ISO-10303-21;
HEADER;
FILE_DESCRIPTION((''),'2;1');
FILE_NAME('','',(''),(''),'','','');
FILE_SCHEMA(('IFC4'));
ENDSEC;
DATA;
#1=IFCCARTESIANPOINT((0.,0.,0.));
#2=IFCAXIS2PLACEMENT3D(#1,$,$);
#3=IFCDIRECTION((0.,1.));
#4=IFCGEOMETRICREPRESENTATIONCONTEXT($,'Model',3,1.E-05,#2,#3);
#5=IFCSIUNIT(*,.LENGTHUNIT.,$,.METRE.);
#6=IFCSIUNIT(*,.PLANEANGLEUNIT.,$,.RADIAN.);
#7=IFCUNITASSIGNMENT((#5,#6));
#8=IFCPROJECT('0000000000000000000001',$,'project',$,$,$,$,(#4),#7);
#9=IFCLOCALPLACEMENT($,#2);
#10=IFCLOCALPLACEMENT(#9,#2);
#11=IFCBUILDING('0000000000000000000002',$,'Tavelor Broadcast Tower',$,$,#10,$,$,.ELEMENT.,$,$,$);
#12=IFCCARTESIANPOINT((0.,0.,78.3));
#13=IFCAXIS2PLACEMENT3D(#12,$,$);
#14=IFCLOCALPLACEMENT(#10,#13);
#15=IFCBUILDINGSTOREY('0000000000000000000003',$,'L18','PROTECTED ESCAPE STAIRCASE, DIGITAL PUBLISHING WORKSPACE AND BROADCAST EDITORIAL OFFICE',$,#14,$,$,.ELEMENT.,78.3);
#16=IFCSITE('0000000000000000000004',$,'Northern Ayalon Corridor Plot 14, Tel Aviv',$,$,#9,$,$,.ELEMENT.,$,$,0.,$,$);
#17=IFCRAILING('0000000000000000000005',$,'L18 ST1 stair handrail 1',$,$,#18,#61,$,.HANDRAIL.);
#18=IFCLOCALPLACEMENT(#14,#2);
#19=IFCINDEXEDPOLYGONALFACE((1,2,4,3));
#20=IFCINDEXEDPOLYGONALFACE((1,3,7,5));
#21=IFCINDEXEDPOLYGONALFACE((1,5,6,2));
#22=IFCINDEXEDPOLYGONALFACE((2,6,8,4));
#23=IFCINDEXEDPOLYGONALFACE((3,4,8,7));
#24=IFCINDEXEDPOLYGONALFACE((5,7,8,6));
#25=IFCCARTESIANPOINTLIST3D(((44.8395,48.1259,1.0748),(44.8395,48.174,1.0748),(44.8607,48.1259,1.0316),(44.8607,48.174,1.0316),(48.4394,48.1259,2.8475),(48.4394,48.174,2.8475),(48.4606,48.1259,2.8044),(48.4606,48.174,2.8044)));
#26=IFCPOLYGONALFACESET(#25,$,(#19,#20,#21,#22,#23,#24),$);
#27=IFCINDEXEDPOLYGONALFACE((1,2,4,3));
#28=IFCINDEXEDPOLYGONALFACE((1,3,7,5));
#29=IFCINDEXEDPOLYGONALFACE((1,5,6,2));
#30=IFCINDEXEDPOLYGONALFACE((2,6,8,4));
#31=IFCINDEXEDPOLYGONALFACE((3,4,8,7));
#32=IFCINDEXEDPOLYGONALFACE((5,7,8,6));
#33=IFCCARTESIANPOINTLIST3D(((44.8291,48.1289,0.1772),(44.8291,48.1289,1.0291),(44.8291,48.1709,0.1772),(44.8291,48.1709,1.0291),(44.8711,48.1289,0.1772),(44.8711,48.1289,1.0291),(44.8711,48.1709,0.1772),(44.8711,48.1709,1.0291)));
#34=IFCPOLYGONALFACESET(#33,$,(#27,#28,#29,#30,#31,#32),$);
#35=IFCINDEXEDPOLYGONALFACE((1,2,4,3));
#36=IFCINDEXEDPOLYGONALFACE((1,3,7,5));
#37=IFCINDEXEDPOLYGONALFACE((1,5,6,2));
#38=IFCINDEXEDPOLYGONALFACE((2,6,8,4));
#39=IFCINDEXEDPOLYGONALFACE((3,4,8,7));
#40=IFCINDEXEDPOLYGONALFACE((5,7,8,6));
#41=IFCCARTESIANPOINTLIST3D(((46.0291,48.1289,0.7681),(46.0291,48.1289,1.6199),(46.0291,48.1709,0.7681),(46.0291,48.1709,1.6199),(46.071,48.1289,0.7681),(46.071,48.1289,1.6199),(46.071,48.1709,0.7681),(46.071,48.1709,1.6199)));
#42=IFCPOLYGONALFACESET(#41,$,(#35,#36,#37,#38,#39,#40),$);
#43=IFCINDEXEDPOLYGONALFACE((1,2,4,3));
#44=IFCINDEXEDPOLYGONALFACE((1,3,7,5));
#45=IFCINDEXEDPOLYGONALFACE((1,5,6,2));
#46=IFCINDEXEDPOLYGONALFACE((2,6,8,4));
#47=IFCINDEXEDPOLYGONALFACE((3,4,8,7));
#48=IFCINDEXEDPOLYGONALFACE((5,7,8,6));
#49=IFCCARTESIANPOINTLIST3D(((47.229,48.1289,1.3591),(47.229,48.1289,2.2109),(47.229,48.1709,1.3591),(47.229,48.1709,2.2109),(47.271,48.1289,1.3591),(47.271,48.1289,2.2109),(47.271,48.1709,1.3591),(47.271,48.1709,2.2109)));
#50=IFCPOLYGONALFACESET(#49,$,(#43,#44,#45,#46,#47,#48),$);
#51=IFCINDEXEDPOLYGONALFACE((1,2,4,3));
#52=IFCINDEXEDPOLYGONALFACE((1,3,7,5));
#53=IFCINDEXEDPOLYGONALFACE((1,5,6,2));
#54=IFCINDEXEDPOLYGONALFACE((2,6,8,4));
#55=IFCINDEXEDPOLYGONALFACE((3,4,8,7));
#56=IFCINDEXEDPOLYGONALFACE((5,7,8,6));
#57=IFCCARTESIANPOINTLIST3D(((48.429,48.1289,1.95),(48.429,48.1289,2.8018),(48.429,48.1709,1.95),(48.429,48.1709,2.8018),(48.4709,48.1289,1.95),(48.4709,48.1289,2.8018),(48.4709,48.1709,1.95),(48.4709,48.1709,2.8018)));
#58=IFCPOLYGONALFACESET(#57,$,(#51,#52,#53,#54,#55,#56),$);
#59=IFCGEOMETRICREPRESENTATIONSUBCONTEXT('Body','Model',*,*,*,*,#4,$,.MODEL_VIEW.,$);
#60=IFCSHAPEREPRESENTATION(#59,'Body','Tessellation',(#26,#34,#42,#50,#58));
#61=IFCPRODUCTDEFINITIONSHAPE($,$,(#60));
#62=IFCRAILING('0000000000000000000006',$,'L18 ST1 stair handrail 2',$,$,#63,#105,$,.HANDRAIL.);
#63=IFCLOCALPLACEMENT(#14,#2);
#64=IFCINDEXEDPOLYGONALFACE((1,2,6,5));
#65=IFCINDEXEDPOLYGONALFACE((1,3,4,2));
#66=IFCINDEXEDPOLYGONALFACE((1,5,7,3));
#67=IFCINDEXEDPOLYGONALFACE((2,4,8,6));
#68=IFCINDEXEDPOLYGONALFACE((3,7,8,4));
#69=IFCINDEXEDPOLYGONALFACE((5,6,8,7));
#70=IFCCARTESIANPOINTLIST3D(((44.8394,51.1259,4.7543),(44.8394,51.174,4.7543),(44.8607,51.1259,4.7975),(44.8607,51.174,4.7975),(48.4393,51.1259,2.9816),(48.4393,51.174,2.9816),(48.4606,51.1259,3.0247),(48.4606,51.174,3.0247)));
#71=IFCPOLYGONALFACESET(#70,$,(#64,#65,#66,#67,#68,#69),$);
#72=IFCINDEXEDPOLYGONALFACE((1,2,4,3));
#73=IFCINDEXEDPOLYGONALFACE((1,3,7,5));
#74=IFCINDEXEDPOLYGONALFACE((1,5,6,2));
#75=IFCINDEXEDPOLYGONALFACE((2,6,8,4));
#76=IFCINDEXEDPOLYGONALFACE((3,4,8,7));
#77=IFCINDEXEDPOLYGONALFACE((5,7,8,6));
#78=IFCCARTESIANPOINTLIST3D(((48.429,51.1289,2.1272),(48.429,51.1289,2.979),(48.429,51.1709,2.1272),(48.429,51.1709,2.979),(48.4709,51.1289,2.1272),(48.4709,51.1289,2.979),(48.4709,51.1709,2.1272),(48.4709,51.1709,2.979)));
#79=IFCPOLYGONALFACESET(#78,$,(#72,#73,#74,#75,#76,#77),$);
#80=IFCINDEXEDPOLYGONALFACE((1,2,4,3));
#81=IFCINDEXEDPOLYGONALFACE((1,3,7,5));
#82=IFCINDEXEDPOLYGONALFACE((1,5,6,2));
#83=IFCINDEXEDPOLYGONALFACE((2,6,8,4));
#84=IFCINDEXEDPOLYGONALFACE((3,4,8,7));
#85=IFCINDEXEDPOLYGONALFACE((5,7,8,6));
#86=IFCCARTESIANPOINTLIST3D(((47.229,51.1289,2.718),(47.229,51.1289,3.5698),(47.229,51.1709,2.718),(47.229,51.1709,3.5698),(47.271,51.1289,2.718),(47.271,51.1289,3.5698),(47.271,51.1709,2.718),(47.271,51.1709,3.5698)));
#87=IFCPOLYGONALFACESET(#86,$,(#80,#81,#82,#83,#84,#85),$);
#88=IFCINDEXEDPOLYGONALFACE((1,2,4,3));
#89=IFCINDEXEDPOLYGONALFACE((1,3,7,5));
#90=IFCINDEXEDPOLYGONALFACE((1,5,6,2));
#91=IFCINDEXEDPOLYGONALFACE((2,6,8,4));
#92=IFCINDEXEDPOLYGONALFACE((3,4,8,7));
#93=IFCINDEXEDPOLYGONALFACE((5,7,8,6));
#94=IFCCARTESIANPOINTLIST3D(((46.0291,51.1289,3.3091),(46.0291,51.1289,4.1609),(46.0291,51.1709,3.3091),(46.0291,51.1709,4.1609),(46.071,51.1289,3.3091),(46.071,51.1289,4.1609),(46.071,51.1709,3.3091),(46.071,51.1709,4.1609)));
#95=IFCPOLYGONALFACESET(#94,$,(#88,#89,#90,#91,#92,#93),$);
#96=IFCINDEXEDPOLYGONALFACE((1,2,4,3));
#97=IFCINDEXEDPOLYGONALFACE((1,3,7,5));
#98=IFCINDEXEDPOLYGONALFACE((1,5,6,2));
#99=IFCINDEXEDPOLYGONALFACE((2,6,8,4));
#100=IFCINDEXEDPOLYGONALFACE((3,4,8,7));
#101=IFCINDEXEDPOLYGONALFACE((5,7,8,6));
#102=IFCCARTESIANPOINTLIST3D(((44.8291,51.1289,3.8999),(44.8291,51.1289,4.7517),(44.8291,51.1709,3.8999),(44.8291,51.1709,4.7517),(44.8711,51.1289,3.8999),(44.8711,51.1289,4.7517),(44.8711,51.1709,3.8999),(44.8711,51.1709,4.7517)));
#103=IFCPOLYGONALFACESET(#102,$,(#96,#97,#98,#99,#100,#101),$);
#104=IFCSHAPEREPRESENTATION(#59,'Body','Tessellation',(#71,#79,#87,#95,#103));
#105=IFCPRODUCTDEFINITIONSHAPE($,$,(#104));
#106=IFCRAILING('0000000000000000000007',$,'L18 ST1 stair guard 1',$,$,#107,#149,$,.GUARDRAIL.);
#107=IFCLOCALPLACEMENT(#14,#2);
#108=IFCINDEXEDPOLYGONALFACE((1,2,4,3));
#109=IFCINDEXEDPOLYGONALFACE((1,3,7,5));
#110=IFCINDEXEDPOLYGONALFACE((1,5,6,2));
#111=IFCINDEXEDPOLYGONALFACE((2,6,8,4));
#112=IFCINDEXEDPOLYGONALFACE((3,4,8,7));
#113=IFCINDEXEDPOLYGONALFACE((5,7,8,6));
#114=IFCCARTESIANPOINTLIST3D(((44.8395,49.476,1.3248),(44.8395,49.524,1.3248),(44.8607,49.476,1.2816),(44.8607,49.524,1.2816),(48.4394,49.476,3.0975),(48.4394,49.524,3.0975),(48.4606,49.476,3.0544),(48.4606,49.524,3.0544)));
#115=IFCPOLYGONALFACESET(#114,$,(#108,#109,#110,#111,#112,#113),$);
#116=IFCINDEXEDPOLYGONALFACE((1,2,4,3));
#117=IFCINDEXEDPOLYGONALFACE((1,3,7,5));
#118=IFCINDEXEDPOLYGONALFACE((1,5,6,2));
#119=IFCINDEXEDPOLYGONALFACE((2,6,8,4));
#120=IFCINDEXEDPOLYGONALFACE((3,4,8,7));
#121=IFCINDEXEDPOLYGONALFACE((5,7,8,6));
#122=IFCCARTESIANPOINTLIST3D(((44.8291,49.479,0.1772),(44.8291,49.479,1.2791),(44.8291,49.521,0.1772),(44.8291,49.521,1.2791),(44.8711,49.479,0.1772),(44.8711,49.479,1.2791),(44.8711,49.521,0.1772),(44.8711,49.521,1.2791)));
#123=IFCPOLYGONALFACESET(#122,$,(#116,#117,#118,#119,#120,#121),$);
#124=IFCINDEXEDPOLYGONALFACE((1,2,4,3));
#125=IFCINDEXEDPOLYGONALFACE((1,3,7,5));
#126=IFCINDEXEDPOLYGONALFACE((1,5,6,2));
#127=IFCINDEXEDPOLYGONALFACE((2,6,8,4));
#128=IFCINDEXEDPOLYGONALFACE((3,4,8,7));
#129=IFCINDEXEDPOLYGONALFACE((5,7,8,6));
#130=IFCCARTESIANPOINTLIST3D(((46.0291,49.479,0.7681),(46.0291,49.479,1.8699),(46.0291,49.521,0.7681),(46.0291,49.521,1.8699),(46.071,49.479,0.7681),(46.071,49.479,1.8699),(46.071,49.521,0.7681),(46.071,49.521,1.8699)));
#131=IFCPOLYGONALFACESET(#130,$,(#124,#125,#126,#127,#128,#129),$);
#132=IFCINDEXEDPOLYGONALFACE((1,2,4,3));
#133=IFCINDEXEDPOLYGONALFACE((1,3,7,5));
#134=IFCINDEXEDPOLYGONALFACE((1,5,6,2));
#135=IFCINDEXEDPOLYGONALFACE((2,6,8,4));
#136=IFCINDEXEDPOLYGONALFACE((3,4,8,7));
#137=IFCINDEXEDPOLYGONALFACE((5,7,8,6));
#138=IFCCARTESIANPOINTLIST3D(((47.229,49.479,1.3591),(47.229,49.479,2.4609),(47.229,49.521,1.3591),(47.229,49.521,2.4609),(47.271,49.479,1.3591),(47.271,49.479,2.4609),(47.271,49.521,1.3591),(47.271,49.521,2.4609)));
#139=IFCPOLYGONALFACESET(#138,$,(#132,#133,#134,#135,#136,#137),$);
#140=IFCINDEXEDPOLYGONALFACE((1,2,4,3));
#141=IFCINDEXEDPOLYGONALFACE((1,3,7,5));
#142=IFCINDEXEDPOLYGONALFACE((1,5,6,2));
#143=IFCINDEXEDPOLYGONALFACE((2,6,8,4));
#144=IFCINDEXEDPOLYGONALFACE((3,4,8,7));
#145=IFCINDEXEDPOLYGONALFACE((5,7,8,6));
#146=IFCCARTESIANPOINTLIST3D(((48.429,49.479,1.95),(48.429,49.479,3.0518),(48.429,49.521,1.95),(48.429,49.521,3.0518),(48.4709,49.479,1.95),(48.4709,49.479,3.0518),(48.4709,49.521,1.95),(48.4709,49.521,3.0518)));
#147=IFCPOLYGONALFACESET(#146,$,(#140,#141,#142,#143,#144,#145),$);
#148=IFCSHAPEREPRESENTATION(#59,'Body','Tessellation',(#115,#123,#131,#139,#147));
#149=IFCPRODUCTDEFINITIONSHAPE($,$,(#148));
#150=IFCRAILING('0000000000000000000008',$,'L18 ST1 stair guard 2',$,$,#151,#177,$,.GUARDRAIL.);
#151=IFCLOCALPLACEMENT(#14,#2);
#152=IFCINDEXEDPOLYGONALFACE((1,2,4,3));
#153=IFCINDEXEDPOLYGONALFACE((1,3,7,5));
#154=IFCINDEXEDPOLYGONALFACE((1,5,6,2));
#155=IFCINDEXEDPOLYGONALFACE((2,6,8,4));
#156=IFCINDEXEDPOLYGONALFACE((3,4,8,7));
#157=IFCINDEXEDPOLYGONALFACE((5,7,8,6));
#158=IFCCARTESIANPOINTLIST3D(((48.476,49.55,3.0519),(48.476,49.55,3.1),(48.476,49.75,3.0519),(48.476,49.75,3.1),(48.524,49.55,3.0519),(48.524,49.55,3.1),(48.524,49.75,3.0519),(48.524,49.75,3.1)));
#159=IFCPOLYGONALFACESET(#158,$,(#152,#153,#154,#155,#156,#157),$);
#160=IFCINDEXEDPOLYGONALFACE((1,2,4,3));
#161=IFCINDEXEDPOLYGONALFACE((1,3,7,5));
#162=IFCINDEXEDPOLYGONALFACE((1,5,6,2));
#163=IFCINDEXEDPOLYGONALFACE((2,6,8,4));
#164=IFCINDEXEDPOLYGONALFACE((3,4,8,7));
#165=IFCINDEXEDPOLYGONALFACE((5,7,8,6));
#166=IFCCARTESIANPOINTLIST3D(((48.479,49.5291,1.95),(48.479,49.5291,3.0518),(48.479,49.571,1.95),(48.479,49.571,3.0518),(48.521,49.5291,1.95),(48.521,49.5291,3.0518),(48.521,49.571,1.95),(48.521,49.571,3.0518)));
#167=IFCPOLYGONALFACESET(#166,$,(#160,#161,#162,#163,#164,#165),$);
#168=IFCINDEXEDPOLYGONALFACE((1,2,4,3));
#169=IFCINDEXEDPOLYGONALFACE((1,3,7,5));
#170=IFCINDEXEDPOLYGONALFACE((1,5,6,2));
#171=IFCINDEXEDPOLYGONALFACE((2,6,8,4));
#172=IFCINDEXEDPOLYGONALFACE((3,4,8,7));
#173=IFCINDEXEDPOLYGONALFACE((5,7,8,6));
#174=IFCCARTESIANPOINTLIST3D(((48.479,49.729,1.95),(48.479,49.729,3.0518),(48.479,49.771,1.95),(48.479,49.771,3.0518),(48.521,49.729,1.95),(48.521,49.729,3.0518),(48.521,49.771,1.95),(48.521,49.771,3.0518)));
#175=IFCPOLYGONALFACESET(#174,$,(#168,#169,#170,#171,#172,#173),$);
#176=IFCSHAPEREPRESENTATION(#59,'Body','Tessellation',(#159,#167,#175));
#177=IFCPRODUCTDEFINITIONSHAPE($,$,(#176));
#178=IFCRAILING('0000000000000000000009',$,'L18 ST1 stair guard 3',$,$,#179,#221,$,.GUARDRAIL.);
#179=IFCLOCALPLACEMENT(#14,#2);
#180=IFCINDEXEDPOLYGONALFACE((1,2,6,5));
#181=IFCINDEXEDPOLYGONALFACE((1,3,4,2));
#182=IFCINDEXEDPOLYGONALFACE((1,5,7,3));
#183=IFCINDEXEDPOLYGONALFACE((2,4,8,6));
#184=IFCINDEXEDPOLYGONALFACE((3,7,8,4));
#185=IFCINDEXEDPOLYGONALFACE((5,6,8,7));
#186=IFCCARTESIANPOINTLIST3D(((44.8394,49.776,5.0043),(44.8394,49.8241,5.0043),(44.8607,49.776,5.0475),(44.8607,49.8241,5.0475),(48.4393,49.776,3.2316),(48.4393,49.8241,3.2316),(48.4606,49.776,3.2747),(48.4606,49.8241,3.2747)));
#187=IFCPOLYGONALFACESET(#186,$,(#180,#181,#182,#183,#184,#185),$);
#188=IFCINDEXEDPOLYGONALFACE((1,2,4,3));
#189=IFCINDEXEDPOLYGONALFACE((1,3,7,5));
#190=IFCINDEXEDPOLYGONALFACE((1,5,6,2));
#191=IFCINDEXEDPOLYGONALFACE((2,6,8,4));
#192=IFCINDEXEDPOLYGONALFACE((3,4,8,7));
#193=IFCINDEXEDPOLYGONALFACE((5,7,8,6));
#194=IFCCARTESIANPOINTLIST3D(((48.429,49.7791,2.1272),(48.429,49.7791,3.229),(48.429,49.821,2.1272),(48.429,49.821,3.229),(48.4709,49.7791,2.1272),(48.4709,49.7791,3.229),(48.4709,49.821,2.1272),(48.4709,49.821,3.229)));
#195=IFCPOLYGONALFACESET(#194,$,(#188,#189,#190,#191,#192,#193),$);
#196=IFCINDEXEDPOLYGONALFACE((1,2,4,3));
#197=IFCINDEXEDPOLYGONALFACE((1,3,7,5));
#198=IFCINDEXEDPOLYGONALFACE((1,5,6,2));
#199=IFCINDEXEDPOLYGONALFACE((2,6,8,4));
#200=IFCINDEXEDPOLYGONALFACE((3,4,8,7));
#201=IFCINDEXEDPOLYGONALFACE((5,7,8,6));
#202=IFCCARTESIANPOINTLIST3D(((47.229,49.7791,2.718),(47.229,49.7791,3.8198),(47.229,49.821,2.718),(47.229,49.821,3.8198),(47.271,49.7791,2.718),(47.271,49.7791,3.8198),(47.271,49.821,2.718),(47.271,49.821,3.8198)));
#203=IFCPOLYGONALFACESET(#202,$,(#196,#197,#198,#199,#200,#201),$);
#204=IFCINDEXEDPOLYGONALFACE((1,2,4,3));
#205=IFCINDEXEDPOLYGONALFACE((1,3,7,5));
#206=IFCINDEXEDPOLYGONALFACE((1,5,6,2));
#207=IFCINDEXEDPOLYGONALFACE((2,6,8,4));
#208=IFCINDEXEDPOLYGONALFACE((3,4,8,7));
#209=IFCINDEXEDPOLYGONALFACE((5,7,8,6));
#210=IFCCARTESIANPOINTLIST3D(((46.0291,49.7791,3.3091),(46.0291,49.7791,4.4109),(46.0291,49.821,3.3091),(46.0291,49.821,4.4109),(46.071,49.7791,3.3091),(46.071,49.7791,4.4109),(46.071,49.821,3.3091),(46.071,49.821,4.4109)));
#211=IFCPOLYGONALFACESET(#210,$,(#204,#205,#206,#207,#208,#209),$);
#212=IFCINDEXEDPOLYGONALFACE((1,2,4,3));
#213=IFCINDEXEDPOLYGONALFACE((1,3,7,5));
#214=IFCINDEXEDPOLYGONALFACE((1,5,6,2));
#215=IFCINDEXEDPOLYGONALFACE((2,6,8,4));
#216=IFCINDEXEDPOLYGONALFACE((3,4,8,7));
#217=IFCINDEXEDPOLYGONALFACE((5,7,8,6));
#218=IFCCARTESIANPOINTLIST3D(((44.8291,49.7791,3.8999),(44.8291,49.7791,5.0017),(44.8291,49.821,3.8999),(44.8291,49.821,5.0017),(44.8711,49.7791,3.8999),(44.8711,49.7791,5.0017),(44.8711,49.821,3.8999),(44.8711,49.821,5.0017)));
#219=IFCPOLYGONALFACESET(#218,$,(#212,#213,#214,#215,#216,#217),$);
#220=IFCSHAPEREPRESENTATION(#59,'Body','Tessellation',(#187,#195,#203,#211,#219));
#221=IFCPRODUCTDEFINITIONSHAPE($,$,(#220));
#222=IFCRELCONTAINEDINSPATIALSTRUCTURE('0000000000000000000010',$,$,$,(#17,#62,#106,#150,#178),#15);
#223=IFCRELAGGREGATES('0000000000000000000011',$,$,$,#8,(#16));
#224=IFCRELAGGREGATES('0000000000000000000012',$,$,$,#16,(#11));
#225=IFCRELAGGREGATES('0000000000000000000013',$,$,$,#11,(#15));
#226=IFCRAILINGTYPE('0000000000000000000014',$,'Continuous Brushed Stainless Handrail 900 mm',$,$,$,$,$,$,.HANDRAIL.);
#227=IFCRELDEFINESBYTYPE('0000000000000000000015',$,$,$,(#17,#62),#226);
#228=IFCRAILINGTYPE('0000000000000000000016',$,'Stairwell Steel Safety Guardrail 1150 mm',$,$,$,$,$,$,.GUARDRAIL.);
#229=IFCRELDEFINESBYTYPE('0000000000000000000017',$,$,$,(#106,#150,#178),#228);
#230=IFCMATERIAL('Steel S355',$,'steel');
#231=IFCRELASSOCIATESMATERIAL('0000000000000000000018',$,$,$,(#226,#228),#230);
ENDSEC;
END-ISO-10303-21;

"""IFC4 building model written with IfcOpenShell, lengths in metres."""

from ifc_helpers import new_model, si_unit, direction, frame, origin, origin_2d, place, context, subcontext, project, spatial, rectangle, extrude, material, type_object, element, save


model = new_model("IFC4")

# Units and contexts
model_context = context("Model", 3, precision=1e-05, world=origin(), true_north=direction((0.0, 1.0)))
body_context = subcontext(model_context, "Body", "Model", "MODEL_VIEW")
ifc_project = project(units=[si_unit("LENGTHUNIT", "METRE"), si_unit("PLANEANGLEUNIT", "RADIAN")], contexts=[model_context])

# Site, building, storey
site_placement = place(None, origin())
site = spatial("IfcSite", under=ifc_project, at=site_placement, Name="Northern Ayalon Corridor Plot 14, Tel Aviv", CompositionType="ELEMENT", RefElevation=0.0)
building_placement = place(site_placement, origin())
building = spatial("IfcBuilding", under=site, at=building_placement, Name="Tavelor Broadcast Tower", CompositionType="ELEMENT")
storey_placement = place(building_placement, frame((0.0, 0.0, 78.3)))
storey = spatial("IfcBuildingStorey", under=building, at=storey_placement, Name="L18", Description="PROTECTED ESCAPE STAIRCASE, DIGITAL PUBLISHING WORKSPACE AND BROADCAST EDITORIAL OFFICE", CompositionType="ELEMENT", Elevation=78.3)

# Shared definitions
ifc_material_1 = material(Name="Steel S355", Category="steel")

# Railings
railing_type_1 = type_object("IfcRailingType", Name="Continuous Brushed Stainless Handrail 900 mm", PredefinedType="HANDRAIL", material=ifc_material_1)
railing_1_placement = place(storey_placement, frame((44.8501, 48.1499, 0.1772)))
element("IfcRailing", 1, at=railing_1_placement, inside=storey, type_object=railing_type_1, Name="L18 ST1 stair handrail 1", PredefinedType="HANDRAIL", context=body_context, shape_type="SweptSolid", body=[
    extrude(rectangle(XDim=0.0481, YDim=0.0481, at=origin_2d()), frame((0.0, 0.0, 0.876), z_axis=(0.897124, 0.0, 0.441778), x_axis=(0.0, 1.0, 0.0)), (0.0, 0.0, 1.0), 4.0127),
    extrude(rectangle(XDim=0.042, YDim=0.042, at=origin_2d()), origin(), (0.0, 0.0, 1.0), 0.8518),
    extrude(rectangle(XDim=0.042, YDim=0.042, at=origin_2d()), frame((1.2, 0.0, 0.5908)), (0.0, 0.0, 1.0), 0.8518),
    extrude(rectangle(XDim=0.042, YDim=0.042, at=origin_2d()), frame((2.3999, 0.0, 1.1819)), (0.0, 0.0, 1.0), 0.8518),
    extrude(rectangle(XDim=0.042, YDim=0.042, at=origin_2d()), frame((3.5999, 0.0, 1.7727)), (0.0, 0.0, 1.0), 0.8518),
])
railing_2_placement = place(storey_placement, frame((48.45, 51.1499, 2.1272)))
element("IfcRailing", 2, at=railing_2_placement, inside=storey, type_object=railing_type_1, Name="L18 ST1 stair handrail 2", PredefinedType="HANDRAIL", context=body_context, shape_type="SweptSolid", body=[
    extrude(rectangle(XDim=0.0481, YDim=0.0481, at=origin_2d()), frame((0.0, 0.0, 0.876), z_axis=(-0.897124, 0.0, 0.441778), x_axis=(0.0, -1.0, 0.0)), (0.0, 0.0, 1.0), 4.0127),
    extrude(rectangle(XDim=0.042, YDim=0.042, at=origin_2d()), origin(), (0.0, 0.0, 1.0), 0.8518),
    extrude(rectangle(XDim=0.042, YDim=0.042, at=origin_2d()), frame((-1.2, 0.0, 0.5908)), (0.0, 0.0, 1.0), 0.8518),
    extrude(rectangle(XDim=0.042, YDim=0.042, at=origin_2d()), frame((-2.3999, 0.0, 1.1819)), (0.0, 0.0, 1.0), 0.8518),
    extrude(rectangle(XDim=0.042, YDim=0.042, at=origin_2d()), frame((-3.5999, 0.0, 1.7727)), (0.0, 0.0, 1.0), 0.8518),
])
railing_type_2 = type_object("IfcRailingType", Name="Stairwell Steel Safety Guardrail 1150 mm", PredefinedType="GUARDRAIL", material=ifc_material_1)
railing_3_placement = place(storey_placement, frame((44.8501, 49.5, 0.1772)))
element("IfcRailing", 3, at=railing_3_placement, inside=storey, type_object=railing_type_2, Name="L18 ST1 stair guard 1", PredefinedType="GUARDRAIL", context=body_context, shape_type="SweptSolid", body=[
    extrude(rectangle(XDim=0.0481, YDim=0.0481, at=origin_2d()), frame((0.0, 0.0, 1.126), z_axis=(0.897124, 0.0, 0.441778), x_axis=(0.0, 1.0, 0.0)), (0.0, 0.0, 1.0), 4.0127),
    extrude(rectangle(XDim=0.042, YDim=0.042, at=origin_2d()), origin(), (0.0, 0.0, 1.0), 1.1018),
    extrude(rectangle(XDim=0.042, YDim=0.042, at=origin_2d()), frame((1.2, 0.0, 0.5908)), (0.0, 0.0, 1.0), 1.1018),
    extrude(rectangle(XDim=0.042, YDim=0.042, at=origin_2d()), frame((2.3999, 0.0, 1.1819)), (0.0, 0.0, 1.0), 1.1018),
    extrude(rectangle(XDim=0.042, YDim=0.042, at=origin_2d()), frame((3.5999, 0.0, 1.7727)), (0.0, 0.0, 1.0), 1.1018),
])
railing_4_placement = place(storey_placement, frame((48.5, 49.55, 1.95)))
element("IfcRailing", 4, at=railing_4_placement, inside=storey, type_object=railing_type_2, Name="L18 ST1 stair guard 2", PredefinedType="GUARDRAIL", context=body_context, shape_type="SweptSolid", body=[
    extrude(rectangle(XDim=0.0481, YDim=0.0481, at=origin_2d()), frame((0.0, 0.0, 1.126), z_axis=(0.0, 1.0, 0.0), x_axis=(-1.0, 0.0, 0.0)), (0.0, 0.0, 1.0), 0.2),
    extrude(rectangle(XDim=0.042, YDim=0.042, at=origin_2d()), origin(), (0.0, 0.0, 1.0), 1.1018),
    extrude(rectangle(XDim=0.042, YDim=0.042, at=origin_2d()), frame((0.0, 0.2, 0.0)), (0.0, 0.0, 1.0), 1.1018),
])
railing_5_placement = place(storey_placement, frame((48.45, 49.8, 2.1272)))
element("IfcRailing", 5, at=railing_5_placement, inside=storey, type_object=railing_type_2, Name="L18 ST1 stair guard 3", PredefinedType="GUARDRAIL", context=body_context, shape_type="SweptSolid", body=[
    extrude(rectangle(XDim=0.0481, YDim=0.0481, at=origin_2d()), frame((0.0, 0.0, 1.126), z_axis=(-0.897124, 0.0, 0.441778), x_axis=(0.0, -1.0, 0.0)), (0.0, 0.0, 1.0), 4.0127),
    extrude(rectangle(XDim=0.042, YDim=0.042, at=origin_2d()), origin(), (0.0, 0.0, 1.0), 1.1018),
    extrude(rectangle(XDim=0.042, YDim=0.042, at=origin_2d()), frame((-1.2, 0.0, 0.5908)), (0.0, 0.0, 1.0), 1.1018),
    extrude(rectangle(XDim=0.042, YDim=0.042, at=origin_2d()), frame((-2.3999, 0.0, 1.1819)), (0.0, 0.0, 1.0), 1.1018),
    extrude(rectangle(XDim=0.042, YDim=0.042, at=origin_2d()), frame((-3.5999, 0.0, 1.7727)), (0.0, 0.0, 1.0), 1.1018),
])

save(model, "model.ifc")
